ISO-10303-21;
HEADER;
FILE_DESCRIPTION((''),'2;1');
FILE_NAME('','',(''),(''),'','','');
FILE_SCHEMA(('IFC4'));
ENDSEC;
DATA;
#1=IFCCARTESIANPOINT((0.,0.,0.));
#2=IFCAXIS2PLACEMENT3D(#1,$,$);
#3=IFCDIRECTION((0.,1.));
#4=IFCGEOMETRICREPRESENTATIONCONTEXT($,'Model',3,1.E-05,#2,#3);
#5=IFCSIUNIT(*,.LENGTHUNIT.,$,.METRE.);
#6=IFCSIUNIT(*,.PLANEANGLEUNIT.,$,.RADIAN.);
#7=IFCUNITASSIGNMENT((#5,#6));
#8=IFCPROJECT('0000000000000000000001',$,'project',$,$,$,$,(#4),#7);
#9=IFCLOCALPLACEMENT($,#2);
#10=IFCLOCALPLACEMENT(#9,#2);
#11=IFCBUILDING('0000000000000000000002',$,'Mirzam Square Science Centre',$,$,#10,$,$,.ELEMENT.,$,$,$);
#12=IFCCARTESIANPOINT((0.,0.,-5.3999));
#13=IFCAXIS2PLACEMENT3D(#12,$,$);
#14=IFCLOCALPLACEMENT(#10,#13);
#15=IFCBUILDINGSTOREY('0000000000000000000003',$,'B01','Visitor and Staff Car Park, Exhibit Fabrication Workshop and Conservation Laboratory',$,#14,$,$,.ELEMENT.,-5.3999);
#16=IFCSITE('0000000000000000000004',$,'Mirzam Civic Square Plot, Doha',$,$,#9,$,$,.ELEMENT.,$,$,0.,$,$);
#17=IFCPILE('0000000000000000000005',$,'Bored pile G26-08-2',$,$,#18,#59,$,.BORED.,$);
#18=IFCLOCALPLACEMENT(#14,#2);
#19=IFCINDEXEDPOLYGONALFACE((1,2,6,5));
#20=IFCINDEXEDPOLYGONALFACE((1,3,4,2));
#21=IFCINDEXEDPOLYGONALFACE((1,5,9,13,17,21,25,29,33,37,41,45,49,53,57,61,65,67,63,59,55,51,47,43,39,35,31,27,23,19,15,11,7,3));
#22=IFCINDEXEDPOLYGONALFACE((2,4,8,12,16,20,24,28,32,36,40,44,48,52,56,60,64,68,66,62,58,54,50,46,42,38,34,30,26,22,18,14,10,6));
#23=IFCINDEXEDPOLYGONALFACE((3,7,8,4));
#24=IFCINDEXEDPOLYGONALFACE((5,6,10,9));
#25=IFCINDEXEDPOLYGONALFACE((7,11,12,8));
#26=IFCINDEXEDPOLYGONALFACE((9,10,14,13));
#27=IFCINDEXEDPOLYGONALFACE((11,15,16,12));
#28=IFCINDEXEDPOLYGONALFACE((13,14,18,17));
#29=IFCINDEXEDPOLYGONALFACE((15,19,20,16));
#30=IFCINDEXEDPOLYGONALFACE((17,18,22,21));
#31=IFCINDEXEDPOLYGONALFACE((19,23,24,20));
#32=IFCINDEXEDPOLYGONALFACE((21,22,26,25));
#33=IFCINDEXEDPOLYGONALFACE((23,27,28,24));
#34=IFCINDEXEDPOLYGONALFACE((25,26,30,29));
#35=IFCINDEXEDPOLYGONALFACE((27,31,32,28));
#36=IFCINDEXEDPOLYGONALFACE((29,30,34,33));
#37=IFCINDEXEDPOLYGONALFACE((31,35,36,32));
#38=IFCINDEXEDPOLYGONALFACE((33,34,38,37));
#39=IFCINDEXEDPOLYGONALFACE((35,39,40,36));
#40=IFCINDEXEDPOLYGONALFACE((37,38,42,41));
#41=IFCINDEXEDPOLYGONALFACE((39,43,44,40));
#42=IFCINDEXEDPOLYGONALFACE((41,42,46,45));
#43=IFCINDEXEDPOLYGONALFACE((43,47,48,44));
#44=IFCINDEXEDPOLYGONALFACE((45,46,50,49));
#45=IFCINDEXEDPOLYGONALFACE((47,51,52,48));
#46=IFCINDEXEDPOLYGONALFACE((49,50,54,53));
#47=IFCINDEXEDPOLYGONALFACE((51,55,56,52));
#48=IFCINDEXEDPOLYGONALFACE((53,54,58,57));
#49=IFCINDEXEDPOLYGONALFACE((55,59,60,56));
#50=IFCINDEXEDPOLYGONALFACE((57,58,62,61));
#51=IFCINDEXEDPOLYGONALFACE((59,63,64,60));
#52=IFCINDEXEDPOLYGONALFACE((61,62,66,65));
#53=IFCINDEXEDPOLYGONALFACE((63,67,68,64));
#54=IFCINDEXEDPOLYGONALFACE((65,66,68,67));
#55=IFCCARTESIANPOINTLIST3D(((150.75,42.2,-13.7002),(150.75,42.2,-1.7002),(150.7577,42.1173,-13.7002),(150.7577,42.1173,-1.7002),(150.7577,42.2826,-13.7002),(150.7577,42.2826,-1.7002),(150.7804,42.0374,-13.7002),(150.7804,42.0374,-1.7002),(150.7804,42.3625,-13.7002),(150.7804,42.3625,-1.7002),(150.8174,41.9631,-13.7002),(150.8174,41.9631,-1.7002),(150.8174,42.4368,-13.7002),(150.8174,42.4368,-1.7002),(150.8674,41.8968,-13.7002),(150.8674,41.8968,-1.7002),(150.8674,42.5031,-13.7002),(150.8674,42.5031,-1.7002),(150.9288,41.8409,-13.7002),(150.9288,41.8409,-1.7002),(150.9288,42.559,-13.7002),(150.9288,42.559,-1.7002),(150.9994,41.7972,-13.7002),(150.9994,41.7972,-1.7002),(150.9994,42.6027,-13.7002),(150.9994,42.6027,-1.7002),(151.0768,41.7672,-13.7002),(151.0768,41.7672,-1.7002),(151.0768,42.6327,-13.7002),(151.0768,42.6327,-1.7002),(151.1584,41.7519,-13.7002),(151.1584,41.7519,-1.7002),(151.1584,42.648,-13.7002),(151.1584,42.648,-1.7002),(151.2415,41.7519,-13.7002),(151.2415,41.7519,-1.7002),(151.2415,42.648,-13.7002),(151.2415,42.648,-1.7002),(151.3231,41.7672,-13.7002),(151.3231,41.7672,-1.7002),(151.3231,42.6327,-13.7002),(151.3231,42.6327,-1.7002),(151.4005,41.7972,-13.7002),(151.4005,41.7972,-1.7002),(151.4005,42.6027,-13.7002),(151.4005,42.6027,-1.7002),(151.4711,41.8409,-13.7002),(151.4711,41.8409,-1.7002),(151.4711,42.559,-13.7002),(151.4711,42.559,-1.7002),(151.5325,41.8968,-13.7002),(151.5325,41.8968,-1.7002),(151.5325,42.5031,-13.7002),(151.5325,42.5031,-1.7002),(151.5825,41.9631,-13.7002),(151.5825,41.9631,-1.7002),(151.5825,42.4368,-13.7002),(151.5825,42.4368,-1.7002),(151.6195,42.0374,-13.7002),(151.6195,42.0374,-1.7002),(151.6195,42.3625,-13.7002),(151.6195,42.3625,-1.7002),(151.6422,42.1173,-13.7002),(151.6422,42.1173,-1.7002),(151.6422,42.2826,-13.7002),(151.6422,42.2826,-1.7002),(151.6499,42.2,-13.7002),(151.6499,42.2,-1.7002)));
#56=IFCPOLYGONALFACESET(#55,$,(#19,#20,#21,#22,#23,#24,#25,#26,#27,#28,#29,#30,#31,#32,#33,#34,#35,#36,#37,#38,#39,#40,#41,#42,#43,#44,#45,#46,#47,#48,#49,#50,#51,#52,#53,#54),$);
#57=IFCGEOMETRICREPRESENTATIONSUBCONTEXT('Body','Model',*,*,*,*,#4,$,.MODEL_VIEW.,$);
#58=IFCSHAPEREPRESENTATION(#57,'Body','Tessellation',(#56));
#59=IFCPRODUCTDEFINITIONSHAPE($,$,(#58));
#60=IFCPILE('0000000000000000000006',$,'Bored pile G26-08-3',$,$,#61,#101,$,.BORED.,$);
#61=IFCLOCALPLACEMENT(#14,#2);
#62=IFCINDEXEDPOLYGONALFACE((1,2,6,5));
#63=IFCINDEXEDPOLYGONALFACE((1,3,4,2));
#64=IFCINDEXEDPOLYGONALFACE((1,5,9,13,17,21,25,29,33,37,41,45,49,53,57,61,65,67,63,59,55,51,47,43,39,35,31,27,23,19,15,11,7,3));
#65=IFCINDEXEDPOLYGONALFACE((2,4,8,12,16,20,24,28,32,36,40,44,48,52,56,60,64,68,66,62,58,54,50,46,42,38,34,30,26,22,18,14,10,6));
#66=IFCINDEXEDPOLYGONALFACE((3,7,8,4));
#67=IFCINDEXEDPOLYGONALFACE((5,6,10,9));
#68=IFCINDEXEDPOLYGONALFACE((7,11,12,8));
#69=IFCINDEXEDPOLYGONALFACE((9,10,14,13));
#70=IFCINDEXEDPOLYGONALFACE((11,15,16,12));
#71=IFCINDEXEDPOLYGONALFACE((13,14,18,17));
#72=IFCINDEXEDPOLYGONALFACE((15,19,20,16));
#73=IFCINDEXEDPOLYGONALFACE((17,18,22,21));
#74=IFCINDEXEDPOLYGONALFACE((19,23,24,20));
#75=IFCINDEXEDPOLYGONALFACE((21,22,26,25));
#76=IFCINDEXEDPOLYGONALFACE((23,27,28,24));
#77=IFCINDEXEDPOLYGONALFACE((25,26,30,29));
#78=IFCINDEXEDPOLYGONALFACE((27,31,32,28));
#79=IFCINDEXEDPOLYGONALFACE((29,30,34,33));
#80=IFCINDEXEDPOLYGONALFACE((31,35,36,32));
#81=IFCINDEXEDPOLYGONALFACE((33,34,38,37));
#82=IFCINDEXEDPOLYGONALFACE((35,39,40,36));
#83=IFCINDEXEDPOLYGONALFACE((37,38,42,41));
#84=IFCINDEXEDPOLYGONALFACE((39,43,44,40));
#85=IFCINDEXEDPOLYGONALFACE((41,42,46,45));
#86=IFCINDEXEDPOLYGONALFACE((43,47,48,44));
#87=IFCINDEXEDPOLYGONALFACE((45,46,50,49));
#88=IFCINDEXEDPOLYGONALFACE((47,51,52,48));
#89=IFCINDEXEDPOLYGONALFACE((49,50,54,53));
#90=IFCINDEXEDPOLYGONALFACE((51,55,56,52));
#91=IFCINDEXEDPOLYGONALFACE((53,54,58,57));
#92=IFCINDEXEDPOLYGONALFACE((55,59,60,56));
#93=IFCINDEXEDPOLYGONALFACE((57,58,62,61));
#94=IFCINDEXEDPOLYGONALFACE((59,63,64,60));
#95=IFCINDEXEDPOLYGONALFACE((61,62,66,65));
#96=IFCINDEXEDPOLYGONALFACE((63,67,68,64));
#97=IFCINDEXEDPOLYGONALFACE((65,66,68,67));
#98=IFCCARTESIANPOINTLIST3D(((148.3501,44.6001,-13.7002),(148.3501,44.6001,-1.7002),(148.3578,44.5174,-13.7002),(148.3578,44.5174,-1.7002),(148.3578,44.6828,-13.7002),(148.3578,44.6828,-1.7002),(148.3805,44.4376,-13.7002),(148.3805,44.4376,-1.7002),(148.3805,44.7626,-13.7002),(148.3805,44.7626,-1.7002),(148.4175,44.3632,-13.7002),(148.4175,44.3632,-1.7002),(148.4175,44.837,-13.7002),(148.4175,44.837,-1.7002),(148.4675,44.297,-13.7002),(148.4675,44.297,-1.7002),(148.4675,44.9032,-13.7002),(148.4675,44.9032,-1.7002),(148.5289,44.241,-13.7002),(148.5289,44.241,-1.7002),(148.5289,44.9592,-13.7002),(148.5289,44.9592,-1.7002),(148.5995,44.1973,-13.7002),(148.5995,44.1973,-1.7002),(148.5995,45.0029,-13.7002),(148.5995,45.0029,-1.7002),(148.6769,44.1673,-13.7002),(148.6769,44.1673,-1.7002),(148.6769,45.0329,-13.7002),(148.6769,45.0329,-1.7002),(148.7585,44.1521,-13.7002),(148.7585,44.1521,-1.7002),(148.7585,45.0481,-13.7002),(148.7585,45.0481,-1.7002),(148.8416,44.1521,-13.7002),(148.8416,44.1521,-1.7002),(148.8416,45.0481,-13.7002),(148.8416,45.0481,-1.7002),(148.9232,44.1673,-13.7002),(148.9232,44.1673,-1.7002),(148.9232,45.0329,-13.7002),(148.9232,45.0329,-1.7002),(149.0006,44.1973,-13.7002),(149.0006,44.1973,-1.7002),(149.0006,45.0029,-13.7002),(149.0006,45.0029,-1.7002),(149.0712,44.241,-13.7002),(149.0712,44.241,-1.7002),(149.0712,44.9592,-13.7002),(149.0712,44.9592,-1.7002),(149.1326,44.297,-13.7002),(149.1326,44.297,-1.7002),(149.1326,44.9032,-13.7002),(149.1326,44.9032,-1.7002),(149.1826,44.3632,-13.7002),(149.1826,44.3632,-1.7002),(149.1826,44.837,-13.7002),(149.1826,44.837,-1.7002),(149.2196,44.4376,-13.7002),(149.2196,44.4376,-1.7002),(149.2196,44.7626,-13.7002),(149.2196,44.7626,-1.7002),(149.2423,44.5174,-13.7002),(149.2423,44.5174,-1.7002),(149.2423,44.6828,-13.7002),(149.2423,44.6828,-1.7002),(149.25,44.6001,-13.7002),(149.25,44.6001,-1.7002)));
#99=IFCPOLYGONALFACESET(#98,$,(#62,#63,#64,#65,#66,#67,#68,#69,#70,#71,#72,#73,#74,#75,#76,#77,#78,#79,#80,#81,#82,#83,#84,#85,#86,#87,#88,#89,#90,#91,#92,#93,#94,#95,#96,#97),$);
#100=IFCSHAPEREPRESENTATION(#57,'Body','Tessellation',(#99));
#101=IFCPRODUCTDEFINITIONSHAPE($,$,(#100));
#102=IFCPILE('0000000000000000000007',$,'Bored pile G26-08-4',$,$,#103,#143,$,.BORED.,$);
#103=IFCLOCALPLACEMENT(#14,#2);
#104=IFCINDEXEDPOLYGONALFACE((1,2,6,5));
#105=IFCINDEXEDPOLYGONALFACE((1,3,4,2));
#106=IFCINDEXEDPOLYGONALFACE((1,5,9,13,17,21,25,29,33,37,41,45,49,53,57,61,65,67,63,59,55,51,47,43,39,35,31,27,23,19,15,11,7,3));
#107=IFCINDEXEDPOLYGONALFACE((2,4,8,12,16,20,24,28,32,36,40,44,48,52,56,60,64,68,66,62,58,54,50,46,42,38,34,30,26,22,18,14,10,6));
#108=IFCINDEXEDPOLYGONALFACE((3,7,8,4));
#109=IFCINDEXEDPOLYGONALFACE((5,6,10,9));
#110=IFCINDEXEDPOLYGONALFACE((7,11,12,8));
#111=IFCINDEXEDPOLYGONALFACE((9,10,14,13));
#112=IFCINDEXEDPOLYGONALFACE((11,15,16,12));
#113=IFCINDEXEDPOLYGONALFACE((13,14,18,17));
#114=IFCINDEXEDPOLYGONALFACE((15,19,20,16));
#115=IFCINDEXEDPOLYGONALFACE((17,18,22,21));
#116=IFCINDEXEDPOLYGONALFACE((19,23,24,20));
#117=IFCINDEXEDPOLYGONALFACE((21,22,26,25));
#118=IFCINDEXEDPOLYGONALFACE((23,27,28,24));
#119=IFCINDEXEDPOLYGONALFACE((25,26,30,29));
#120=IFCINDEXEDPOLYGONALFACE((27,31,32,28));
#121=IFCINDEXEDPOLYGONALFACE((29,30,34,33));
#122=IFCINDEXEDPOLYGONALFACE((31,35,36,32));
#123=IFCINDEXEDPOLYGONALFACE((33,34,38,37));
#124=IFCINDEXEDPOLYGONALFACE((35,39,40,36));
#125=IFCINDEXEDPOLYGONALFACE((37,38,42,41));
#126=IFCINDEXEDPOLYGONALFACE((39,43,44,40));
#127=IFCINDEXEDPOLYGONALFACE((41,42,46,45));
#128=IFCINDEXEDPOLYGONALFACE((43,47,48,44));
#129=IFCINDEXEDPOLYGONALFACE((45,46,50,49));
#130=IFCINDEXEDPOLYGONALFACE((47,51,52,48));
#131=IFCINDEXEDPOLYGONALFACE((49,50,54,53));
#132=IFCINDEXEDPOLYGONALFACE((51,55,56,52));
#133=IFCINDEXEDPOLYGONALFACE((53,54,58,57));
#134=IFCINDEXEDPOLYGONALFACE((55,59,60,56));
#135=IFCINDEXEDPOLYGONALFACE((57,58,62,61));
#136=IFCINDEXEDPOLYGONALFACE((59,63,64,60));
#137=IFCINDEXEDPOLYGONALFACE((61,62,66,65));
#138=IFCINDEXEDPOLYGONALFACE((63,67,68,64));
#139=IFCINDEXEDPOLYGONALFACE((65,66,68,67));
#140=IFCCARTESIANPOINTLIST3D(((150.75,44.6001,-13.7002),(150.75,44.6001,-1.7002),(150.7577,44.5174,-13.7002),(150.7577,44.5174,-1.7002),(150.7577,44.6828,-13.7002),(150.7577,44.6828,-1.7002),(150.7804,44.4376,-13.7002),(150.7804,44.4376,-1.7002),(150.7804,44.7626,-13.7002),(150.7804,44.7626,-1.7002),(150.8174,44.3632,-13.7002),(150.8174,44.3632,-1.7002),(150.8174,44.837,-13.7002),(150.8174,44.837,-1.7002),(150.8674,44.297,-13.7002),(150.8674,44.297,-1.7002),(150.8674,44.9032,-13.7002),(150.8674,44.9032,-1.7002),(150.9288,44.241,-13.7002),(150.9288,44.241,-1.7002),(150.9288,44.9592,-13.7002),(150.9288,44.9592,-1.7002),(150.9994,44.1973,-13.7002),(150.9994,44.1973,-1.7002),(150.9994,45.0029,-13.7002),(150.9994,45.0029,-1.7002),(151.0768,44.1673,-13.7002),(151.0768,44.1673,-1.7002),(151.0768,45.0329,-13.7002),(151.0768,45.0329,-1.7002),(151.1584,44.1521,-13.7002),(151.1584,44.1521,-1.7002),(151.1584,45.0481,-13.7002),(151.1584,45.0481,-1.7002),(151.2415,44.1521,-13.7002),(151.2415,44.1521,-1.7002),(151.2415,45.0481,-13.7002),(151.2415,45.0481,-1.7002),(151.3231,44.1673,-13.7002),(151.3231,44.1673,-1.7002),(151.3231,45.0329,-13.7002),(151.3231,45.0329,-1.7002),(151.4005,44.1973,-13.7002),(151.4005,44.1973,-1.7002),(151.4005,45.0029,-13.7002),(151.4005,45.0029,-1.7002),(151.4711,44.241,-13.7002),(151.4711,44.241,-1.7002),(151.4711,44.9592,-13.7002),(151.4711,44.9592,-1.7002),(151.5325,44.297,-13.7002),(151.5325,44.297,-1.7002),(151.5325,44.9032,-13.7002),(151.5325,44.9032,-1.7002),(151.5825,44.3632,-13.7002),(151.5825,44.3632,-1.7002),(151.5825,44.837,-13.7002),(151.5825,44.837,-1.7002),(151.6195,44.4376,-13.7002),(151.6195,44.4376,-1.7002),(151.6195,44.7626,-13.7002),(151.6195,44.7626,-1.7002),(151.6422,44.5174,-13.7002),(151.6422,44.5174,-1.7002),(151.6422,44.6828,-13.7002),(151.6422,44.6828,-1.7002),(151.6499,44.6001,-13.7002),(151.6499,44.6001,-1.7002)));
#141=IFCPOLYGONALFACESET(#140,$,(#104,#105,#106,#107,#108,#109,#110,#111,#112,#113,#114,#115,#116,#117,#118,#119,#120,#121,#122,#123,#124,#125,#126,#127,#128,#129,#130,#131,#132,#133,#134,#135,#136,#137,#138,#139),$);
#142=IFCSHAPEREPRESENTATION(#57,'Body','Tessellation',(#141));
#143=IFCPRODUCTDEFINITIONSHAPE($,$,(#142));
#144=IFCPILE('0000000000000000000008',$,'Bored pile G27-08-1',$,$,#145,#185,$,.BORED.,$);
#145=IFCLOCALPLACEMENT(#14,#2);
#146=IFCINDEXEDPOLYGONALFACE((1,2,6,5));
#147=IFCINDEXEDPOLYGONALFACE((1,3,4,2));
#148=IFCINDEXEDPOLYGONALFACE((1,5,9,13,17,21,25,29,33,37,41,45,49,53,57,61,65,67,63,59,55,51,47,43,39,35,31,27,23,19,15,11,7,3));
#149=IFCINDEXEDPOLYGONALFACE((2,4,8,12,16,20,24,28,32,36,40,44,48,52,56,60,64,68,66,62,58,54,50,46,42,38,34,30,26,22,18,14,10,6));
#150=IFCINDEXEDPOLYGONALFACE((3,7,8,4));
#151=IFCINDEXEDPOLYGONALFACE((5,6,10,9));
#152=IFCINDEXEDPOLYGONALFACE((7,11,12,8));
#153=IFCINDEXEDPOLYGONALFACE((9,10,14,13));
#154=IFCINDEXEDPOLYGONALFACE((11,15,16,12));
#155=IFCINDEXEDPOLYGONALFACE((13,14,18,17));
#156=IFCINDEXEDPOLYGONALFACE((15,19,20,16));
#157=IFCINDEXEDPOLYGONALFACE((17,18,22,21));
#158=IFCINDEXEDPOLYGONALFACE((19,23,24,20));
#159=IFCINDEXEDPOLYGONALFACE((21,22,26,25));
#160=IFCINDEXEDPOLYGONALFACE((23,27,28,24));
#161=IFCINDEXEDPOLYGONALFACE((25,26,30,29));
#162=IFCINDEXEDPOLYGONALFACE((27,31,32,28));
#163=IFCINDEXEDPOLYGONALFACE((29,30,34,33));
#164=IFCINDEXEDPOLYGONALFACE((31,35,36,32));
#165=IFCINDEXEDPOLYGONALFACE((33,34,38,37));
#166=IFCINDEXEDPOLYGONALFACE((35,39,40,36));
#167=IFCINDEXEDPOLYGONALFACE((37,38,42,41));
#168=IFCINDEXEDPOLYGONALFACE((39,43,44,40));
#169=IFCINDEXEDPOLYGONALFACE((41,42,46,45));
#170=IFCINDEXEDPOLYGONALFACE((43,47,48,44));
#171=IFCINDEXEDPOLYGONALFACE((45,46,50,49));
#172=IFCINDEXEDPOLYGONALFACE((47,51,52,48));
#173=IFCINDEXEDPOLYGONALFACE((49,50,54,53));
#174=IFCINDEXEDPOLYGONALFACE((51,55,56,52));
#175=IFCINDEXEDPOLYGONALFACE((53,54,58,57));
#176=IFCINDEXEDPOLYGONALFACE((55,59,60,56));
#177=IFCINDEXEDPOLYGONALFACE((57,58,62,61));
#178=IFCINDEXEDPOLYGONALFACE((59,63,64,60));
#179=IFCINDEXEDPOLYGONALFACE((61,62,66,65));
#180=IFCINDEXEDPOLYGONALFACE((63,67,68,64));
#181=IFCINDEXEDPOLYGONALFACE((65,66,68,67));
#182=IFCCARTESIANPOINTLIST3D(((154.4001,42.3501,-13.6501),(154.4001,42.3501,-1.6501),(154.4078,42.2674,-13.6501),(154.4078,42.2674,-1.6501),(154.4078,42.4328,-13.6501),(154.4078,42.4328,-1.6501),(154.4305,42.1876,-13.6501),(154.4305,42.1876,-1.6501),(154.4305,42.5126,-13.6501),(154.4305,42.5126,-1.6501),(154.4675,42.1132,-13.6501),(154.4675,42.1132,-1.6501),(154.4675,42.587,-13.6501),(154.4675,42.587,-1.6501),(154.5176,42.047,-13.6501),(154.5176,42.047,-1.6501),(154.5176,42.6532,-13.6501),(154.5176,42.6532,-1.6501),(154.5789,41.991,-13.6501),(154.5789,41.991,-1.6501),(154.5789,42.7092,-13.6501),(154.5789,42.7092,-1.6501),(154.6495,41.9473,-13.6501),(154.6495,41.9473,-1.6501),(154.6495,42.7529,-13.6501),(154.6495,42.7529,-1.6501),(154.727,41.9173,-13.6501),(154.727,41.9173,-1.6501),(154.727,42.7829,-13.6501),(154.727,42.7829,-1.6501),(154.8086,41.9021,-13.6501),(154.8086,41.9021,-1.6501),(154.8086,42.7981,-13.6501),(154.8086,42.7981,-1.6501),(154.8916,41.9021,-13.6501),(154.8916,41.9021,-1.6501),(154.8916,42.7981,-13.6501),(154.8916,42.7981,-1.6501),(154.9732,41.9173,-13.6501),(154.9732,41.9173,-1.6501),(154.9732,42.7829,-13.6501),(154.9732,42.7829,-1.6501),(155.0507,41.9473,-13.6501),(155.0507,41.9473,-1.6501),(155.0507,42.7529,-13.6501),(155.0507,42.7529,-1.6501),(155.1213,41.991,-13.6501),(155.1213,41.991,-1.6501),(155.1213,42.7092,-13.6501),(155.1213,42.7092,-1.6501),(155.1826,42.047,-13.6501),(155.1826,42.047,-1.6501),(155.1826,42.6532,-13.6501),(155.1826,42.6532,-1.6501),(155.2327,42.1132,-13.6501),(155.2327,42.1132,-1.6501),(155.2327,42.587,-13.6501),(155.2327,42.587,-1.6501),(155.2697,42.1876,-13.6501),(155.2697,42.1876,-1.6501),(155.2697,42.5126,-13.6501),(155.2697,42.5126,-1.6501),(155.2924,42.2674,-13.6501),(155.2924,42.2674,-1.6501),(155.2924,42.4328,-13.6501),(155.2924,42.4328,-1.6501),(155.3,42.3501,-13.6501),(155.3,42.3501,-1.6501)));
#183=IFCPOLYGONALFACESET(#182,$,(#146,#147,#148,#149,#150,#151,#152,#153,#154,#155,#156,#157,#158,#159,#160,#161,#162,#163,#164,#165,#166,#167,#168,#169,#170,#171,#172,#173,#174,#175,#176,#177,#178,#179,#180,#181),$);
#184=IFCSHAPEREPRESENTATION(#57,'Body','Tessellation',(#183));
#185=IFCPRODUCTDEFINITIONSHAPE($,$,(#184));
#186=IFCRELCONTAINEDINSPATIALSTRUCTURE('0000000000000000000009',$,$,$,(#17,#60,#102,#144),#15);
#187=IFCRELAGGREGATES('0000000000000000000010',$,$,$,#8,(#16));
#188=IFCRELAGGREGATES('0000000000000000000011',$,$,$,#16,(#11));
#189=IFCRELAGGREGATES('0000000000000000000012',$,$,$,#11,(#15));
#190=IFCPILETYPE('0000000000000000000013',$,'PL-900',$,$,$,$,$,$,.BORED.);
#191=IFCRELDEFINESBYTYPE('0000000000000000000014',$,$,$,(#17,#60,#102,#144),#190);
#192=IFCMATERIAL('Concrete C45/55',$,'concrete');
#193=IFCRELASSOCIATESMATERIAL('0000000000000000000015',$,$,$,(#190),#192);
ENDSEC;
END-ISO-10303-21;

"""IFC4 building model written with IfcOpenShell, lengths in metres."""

from ifc_helpers import new_model, si_unit, direction, frame, origin, origin_2d, place, context, subcontext, project, spatial, circle, extrude, material, material_profile, profile_set, type_object, element, save


model = new_model("IFC4")

# Units and contexts
model_context = context("Model", 3, precision=1e-05, world=origin(), true_north=direction((0.0, 1.0)))
body_context = subcontext(model_context, "Body", "Model", "MODEL_VIEW")
ifc_project = project(units=[si_unit("LENGTHUNIT", "METRE"), si_unit("PLANEANGLEUNIT", "RADIAN")], contexts=[model_context])

# Site, building, storey
site_placement = place(None, origin())
site = spatial("IfcSite", under=ifc_project, at=site_placement, Name="Mirzam Civic Square Plot, Doha", CompositionType="ELEMENT", RefElevation=0.0)
building_placement = place(site_placement, origin())
building = spatial("IfcBuilding", under=site, at=building_placement, Name="Mirzam Square Science Centre", CompositionType="ELEMENT")
storey_placement = place(building_placement, frame((0.0, 0.0, -5.3999)))
storey = spatial("IfcBuildingStorey", under=building, at=storey_placement, Name="B01", Description="Visitor and Staff Car Park, Exhibit Fabrication Workshop and Conservation Laboratory", CompositionType="ELEMENT", Elevation=-5.3999)

# Shared definitions
ifc_material = material(Name="Concrete C45/55", Category="concrete")

# Piles
ifc_material_profile_1 = material_profile(ifc_material, circle(Radius=0.45, at=origin_2d()), Name="PILE-D900")
ifc_profile_set_1 = profile_set([ifc_material_profile_1], Name="Concrete C45/55")
pile_type_1 = type_object("IfcPileType", Name="PL-900", PredefinedType="BORED", material=ifc_profile_set_1)
for number, where, z_axis, x_axis, name in (
    (1, (151.2, 42.2, -1.7002), (0.0, 0.0, -1.0), (1.0, 0.0, 0.0), "Bored pile G26-08-2"),
    (2, (148.8, 44.6001, -1.7002), (0.0, 0.0, -1.0), (1.0, 0.0, 0.0), "Bored pile G26-08-3"),
    (3, (151.2, 44.6001, -1.7002), (0.0, 0.0, -1.0), (1.0, 0.0, 0.0), "Bored pile G26-08-4"),
    (4, (154.8501, 42.3501, -1.6501), (0.0, 0.0, -1.0), (1.0, 0.0, 0.0), "Bored pile G27-08-1"),
):
    element("IfcPile", number, at=place(storey_placement, frame(where, z_axis=z_axis, x_axis=x_axis)), inside=storey, type_object=pile_type_1, Name=name, PredefinedType="BORED", context=body_context, shape_type="SweptSolid", body=[
        extrude(circle(Radius=0.45, at=origin_2d()), origin(), (0.0, 0.0, 1.0), 12.0),
    ])

save(model, "model.ifc")
